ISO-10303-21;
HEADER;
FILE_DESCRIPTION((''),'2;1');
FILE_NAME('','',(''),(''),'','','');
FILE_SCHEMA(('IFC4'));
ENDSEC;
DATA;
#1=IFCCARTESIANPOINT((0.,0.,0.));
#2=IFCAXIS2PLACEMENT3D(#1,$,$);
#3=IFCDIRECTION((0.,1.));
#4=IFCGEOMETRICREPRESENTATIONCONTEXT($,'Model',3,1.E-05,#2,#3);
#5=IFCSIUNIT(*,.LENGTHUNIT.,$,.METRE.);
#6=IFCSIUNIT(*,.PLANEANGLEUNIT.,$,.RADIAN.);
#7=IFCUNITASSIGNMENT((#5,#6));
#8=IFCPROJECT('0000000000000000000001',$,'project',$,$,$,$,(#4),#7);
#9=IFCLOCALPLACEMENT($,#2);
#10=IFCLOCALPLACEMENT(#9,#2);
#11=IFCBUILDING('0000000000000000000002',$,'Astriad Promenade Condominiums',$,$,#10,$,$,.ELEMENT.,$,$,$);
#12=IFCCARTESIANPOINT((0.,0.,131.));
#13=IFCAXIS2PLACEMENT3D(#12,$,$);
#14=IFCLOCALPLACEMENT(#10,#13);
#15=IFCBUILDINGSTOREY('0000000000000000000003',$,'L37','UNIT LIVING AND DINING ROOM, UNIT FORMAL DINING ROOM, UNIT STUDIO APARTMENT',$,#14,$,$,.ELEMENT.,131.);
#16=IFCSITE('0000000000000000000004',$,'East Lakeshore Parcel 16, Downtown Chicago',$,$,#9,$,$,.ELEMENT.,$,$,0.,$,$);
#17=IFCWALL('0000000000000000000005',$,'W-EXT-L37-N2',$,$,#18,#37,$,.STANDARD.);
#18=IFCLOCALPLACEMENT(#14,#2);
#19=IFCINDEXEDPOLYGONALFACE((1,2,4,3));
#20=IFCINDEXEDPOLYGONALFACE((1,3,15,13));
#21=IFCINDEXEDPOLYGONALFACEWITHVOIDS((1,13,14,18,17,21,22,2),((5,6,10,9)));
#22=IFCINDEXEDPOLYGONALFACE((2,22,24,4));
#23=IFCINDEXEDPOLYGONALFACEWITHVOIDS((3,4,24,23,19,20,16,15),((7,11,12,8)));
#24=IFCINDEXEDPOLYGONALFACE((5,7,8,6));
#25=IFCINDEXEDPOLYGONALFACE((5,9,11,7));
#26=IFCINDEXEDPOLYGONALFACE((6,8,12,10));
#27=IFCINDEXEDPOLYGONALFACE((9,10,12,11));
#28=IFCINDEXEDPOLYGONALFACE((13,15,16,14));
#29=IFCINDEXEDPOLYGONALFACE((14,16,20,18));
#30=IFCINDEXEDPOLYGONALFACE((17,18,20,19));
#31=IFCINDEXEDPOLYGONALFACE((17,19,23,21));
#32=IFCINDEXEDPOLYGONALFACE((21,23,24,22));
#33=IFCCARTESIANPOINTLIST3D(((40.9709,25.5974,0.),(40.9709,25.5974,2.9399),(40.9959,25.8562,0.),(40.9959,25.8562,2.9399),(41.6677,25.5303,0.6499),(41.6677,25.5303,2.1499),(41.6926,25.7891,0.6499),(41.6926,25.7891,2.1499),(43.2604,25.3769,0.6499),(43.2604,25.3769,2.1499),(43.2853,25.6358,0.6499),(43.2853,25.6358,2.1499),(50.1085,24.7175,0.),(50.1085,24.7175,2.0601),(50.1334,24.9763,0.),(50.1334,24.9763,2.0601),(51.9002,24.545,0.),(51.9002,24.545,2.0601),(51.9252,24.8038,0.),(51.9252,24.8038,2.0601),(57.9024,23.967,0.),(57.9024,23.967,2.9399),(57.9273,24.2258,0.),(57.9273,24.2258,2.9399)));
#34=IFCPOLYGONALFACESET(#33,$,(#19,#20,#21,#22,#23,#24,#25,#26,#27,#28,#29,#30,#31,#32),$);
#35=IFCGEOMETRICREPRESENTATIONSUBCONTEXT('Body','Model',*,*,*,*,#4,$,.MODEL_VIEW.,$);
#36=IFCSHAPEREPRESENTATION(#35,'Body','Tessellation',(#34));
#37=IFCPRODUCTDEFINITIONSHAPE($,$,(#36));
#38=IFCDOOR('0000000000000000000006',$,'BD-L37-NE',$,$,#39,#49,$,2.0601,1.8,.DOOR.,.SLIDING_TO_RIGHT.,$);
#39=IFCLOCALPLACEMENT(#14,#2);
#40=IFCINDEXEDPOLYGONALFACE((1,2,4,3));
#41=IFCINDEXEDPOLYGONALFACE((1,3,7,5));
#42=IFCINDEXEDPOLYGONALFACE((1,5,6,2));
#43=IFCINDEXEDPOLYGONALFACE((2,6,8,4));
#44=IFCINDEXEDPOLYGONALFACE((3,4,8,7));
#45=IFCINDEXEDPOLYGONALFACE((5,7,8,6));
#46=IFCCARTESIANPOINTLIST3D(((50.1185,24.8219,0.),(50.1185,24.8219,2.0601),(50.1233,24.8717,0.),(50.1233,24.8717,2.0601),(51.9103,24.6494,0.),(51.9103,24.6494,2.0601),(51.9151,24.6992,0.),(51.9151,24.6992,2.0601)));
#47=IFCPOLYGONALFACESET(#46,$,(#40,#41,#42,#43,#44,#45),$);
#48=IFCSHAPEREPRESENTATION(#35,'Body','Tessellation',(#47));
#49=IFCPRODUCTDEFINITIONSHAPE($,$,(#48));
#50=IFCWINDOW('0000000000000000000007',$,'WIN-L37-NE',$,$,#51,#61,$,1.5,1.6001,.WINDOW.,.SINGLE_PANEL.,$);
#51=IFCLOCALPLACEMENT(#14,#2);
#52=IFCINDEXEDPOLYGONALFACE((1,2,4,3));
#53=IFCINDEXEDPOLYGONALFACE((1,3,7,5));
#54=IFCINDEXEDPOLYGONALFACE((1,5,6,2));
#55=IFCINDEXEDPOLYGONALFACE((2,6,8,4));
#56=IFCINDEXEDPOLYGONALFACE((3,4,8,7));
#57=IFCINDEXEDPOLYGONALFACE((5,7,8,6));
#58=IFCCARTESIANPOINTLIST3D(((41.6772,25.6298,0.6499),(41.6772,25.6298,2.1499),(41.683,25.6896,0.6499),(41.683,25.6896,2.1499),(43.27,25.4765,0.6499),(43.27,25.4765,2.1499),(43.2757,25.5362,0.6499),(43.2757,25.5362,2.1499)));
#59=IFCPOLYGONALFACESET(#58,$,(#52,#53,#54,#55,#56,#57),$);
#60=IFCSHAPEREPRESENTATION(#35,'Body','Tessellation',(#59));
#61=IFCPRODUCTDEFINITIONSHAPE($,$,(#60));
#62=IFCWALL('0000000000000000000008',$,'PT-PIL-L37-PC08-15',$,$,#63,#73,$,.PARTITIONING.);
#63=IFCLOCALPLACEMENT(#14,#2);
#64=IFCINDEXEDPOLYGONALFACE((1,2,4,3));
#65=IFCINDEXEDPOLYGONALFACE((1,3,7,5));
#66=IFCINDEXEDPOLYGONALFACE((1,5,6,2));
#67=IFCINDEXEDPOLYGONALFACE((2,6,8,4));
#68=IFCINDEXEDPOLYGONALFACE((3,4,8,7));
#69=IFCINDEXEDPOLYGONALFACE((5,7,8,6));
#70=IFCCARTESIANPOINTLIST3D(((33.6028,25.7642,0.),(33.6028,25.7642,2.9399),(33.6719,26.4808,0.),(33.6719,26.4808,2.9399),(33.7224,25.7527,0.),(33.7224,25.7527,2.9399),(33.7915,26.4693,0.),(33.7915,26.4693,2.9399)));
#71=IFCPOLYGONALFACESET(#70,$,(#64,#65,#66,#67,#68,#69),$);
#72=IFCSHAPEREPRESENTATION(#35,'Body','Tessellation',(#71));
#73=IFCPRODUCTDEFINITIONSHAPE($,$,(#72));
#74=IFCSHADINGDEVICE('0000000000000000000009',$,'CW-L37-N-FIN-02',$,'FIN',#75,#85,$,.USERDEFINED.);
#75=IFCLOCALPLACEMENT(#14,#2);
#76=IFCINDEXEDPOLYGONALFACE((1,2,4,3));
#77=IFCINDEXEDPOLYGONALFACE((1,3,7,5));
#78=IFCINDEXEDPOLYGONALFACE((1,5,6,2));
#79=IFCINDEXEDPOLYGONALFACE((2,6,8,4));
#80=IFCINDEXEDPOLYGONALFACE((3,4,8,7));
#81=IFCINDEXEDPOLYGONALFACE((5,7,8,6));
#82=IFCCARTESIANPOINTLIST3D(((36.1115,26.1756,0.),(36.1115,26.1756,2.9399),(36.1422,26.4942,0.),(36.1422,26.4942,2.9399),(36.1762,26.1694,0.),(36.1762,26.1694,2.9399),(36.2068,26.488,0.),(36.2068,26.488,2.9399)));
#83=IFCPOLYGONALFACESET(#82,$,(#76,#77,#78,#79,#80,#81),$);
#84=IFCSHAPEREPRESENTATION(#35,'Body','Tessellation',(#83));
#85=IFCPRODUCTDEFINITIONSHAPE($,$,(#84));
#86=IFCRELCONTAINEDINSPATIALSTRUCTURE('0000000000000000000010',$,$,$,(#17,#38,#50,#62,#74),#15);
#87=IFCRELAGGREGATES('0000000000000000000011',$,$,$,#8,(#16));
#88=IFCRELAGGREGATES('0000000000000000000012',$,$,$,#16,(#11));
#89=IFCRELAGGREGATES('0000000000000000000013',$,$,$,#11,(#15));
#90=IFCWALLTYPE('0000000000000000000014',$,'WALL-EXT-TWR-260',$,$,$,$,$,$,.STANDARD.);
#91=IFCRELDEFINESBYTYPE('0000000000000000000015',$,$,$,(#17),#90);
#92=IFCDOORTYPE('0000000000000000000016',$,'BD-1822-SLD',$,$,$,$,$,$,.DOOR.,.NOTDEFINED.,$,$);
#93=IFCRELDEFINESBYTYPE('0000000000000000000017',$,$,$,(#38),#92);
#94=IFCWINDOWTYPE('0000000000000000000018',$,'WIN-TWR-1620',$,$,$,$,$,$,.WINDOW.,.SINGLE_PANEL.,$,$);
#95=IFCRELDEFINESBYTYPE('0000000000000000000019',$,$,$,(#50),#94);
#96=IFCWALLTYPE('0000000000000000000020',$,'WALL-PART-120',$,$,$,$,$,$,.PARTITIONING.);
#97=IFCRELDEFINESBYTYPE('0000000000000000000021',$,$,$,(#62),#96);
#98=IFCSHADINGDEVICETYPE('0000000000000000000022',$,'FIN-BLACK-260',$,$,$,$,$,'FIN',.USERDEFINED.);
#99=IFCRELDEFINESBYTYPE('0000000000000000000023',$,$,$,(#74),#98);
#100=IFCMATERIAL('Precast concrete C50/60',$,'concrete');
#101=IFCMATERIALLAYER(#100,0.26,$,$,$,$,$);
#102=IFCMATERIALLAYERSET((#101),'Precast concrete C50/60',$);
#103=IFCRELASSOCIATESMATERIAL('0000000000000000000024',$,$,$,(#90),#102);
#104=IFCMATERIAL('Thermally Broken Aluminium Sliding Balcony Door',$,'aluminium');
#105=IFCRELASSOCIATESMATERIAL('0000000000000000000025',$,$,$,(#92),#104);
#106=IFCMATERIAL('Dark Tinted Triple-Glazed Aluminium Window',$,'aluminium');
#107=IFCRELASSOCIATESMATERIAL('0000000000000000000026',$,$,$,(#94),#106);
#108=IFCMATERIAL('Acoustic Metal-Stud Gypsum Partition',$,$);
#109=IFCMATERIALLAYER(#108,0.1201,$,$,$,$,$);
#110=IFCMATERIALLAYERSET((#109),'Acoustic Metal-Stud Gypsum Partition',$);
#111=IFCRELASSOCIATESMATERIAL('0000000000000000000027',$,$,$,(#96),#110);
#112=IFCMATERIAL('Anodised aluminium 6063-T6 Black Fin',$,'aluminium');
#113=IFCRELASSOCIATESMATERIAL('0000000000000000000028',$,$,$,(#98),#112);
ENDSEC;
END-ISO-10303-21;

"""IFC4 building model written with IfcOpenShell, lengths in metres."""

from ifc_helpers import new_model, si_unit, direction, frame, frame_2d, origin, origin_2d, place, context, subcontext, project, spatial, rectangle, extrude, source, transform, mapped, material, layer, layer_set, type_object, type_shapes, element, fill, save


model = new_model("IFC4")

# Units and contexts
model_context = context("Model", 3, precision=1e-05, world=origin(), true_north=direction((0.0, 1.0)))
body_context = subcontext(model_context, "Body", "Model", "MODEL_VIEW")
ifc_project = project(units=[si_unit("LENGTHUNIT", "METRE"), si_unit("PLANEANGLEUNIT", "RADIAN")], contexts=[model_context])

# Site, building, storey
site_placement = place(None, origin())
site = spatial("IfcSite", under=ifc_project, at=site_placement, Name="East Lakeshore Parcel 16, Downtown Chicago", CompositionType="ELEMENT", RefElevation=0.0)
building_placement = place(site_placement, origin())
building = spatial("IfcBuilding", under=site, at=building_placement, Name="Astriad Promenade Condominiums", CompositionType="ELEMENT")
storey_placement = place(building_placement, frame((0.0, 0.0, 131.0)))
storey = spatial("IfcBuildingStorey", under=building, at=storey_placement, Name="L37", Description="UNIT LIVING AND DINING ROOM, UNIT FORMAL DINING ROOM, UNIT STUDIO APARTMENT", CompositionType="ELEMENT", Elevation=131.0)

# Wall, openings, door, window
ifc_material_1 = material(Name="Precast concrete C50/60", Category="concrete")
ifc_layer_1 = layer(ifc_material_1, 0.26)
ifc_layer_set_1 = layer_set([ifc_layer_1], Name="Precast concrete C50/60")
wall_type_1 = type_object("IfcWallType", Name="WALL-EXT-TWR-260", PredefinedType="STANDARD", material=ifc_layer_set_1)
wall_1_placement = place(storey_placement, frame((40.9834, 25.7268, 0.0), z_axis=(0.0, 0.0, 1.0), x_axis=(0.995396, -0.095849, 0.0)))
wall_1 = element("IfcWall", 1, at=wall_1_placement, inside=storey, type_object=wall_type_1, Name="W-EXT-L37-N2", PredefinedType="STANDARD", context=body_context, shape_type="SweptSolid", body=[
    extrude(rectangle(XDim=17.0098, YDim=0.26, at=frame_2d((8.5049, 0.0))), origin(), (0.0, 0.0, 1.0), 2.9399),
])
opening_1_placement = place(wall_1_placement, frame((9.1799, 0.0, 0.0)))
opening_1 = element("IfcOpeningElement", 2, at=opening_1_placement, cuts=wall_1, PredefinedType="OPENING", context=body_context, shape_type="SweptSolid", body=[
    extrude(rectangle(XDim=1.8, YDim=2.0601, at=frame_2d((0.8999, 1.03))), frame((0.0, 0.1399, 0.0), z_axis=(0.0, -1.0, 0.0), x_axis=(1.0, 0.0, 0.0)), (0.0, 0.0, 1.0), 0.28),
])
opening_2_placement = place(wall_1_placement, frame((0.7, 0.0, 0.6499)))
opening_2 = element("IfcOpeningElement", 3, at=opening_2_placement, cuts=wall_1, PredefinedType="OPENING", context=body_context, shape_type="SweptSolid", body=[
    extrude(rectangle(XDim=1.6001, YDim=1.5, at=frame_2d((0.8, 0.75))), frame((0.0, 0.1399, 0.0), z_axis=(0.0, -1.0, 0.0), x_axis=(1.0, 0.0, 0.0)), (0.0, 0.0, 1.0), 0.28),
])
ifc_material_2 = material(Name="Thermally Broken Aluminium Sliding Balcony Door", Category="aluminium")
door_type = type_object("IfcDoorType", Name="BD-1822-SLD", OperationType="NOTDEFINED", PredefinedType="DOOR", material=ifc_material_2)
shared_shape_1 = source(origin(), body_context, "Body", "SweptSolid", [
    extrude(rectangle(XDim=1.8, YDim=2.0601, at=frame_2d((0.8999, 1.03))), frame((0.0, 0.0249, 0.0), z_axis=(0.0, -1.0, 0.0), x_axis=(1.0, 0.0, 0.0)), (0.0, 0.0, 1.0), 0.05),
])
type_shapes(door_type, [shared_shape_1])
door_placement = place(opening_1_placement, origin())
door = element("IfcDoor", 4, at=door_placement, inside=storey, type_object=door_type, Name="BD-L37-NE", OperationType="SLIDING_TO_RIGHT", OverallHeight=2.0601, OverallWidth=1.8, PredefinedType="DOOR", context=body_context, shape_type="MappedRepresentation", body=[
    mapped(shared_shape_1, transform((0.0, 0.0, 0.0), scale=1.0)),
])
fill(opening_1, door)
ifc_material_3 = material(Name="Dark Tinted Triple-Glazed Aluminium Window", Category="aluminium")
window_type = type_object("IfcWindowType", Name="WIN-TWR-1620", PartitioningType="SINGLE_PANEL", PredefinedType="WINDOW", material=ifc_material_3)
shared_shape_2 = source(origin(), body_context, "Body", "SweptSolid", [
    extrude(rectangle(XDim=1.6001, YDim=1.5, at=frame_2d((0.8, 0.75))), frame((0.0, 0.03, 0.0), z_axis=(0.0, -1.0, 0.0), x_axis=(1.0, 0.0, 0.0)), (0.0, 0.0, 1.0), 0.0601),
])
type_shapes(window_type, [shared_shape_2])
window_placement = place(opening_2_placement, origin())
window = element("IfcWindow", 5, at=window_placement, inside=storey, type_object=window_type, Name="WIN-L37-NE", OverallHeight=1.5, OverallWidth=1.6001, PartitioningType="SINGLE_PANEL", PredefinedType="WINDOW", context=body_context, shape_type="MappedRepresentation", body=[
    mapped(shared_shape_2, transform((0.0, 0.0, 0.0), scale=1.0)),
])
fill(opening_2, window)

# Wall
ifc_material_4 = material(Name="Acoustic Metal-Stud Gypsum Partition")
ifc_layer_2 = layer(ifc_material_4, 0.1201)
ifc_layer_set_2 = layer_set([ifc_layer_2], Name="Acoustic Metal-Stud Gypsum Partition")
wall_type_2 = type_object("IfcWallType", Name="WALL-PART-120", PredefinedType="PARTITIONING", material=ifc_layer_set_2)
wall_2_placement = place(storey_placement, frame((33.6626, 25.7585, 0.0), z_axis=(0.0, 0.0, 1.0), x_axis=(0.095977, 0.995384, 0.0)))
element("IfcWall", 6, at=wall_2_placement, inside=storey, type_object=wall_type_2, Name="PT-PIL-L37-PC08-15", PredefinedType="PARTITIONING", context=body_context, shape_type="SweptSolid", body=[
    extrude(rectangle(XDim=0.72, YDim=0.1201, at=frame_2d((0.3599, 0.0))), origin(), (0.0, 0.0, 1.0), 2.9399),
])

# Shading device
ifc_material_5 = material(Name="Anodised aluminium 6063-T6 Black Fin", Category="aluminium")
shading_device_type = type_object("IfcShadingDeviceType", Name="FIN-BLACK-260", ElementType="FIN", PredefinedType="USERDEFINED", material=ifc_material_5)
shared_shape_3 = source(origin(), body_context, "Body", "SweptSolid", [
    extrude(rectangle(XDim=0.0649, YDim=0.3201, at=origin_2d()), origin(), (0.0, 0.0, 1.0), 2.9399),
])
type_shapes(shading_device_type, [shared_shape_3])
shading_device_placement = place(storey_placement, frame((36.1592, 26.3318, 0.0), z_axis=(0.0, 0.0, 1.0), x_axis=(0.995396, -0.095846, 0.0)))
element("IfcShadingDevice", 7, at=shading_device_placement, inside=storey, type_object=shading_device_type, Name="CW-L37-N-FIN-02", ObjectType="FIN", PredefinedType="USERDEFINED", context=body_context, shape_type="MappedRepresentation", body=[
    mapped(shared_shape_3, transform((0.0, 0.0, 0.0), scale=1.0)),
])

save(model, "model.ifc")
